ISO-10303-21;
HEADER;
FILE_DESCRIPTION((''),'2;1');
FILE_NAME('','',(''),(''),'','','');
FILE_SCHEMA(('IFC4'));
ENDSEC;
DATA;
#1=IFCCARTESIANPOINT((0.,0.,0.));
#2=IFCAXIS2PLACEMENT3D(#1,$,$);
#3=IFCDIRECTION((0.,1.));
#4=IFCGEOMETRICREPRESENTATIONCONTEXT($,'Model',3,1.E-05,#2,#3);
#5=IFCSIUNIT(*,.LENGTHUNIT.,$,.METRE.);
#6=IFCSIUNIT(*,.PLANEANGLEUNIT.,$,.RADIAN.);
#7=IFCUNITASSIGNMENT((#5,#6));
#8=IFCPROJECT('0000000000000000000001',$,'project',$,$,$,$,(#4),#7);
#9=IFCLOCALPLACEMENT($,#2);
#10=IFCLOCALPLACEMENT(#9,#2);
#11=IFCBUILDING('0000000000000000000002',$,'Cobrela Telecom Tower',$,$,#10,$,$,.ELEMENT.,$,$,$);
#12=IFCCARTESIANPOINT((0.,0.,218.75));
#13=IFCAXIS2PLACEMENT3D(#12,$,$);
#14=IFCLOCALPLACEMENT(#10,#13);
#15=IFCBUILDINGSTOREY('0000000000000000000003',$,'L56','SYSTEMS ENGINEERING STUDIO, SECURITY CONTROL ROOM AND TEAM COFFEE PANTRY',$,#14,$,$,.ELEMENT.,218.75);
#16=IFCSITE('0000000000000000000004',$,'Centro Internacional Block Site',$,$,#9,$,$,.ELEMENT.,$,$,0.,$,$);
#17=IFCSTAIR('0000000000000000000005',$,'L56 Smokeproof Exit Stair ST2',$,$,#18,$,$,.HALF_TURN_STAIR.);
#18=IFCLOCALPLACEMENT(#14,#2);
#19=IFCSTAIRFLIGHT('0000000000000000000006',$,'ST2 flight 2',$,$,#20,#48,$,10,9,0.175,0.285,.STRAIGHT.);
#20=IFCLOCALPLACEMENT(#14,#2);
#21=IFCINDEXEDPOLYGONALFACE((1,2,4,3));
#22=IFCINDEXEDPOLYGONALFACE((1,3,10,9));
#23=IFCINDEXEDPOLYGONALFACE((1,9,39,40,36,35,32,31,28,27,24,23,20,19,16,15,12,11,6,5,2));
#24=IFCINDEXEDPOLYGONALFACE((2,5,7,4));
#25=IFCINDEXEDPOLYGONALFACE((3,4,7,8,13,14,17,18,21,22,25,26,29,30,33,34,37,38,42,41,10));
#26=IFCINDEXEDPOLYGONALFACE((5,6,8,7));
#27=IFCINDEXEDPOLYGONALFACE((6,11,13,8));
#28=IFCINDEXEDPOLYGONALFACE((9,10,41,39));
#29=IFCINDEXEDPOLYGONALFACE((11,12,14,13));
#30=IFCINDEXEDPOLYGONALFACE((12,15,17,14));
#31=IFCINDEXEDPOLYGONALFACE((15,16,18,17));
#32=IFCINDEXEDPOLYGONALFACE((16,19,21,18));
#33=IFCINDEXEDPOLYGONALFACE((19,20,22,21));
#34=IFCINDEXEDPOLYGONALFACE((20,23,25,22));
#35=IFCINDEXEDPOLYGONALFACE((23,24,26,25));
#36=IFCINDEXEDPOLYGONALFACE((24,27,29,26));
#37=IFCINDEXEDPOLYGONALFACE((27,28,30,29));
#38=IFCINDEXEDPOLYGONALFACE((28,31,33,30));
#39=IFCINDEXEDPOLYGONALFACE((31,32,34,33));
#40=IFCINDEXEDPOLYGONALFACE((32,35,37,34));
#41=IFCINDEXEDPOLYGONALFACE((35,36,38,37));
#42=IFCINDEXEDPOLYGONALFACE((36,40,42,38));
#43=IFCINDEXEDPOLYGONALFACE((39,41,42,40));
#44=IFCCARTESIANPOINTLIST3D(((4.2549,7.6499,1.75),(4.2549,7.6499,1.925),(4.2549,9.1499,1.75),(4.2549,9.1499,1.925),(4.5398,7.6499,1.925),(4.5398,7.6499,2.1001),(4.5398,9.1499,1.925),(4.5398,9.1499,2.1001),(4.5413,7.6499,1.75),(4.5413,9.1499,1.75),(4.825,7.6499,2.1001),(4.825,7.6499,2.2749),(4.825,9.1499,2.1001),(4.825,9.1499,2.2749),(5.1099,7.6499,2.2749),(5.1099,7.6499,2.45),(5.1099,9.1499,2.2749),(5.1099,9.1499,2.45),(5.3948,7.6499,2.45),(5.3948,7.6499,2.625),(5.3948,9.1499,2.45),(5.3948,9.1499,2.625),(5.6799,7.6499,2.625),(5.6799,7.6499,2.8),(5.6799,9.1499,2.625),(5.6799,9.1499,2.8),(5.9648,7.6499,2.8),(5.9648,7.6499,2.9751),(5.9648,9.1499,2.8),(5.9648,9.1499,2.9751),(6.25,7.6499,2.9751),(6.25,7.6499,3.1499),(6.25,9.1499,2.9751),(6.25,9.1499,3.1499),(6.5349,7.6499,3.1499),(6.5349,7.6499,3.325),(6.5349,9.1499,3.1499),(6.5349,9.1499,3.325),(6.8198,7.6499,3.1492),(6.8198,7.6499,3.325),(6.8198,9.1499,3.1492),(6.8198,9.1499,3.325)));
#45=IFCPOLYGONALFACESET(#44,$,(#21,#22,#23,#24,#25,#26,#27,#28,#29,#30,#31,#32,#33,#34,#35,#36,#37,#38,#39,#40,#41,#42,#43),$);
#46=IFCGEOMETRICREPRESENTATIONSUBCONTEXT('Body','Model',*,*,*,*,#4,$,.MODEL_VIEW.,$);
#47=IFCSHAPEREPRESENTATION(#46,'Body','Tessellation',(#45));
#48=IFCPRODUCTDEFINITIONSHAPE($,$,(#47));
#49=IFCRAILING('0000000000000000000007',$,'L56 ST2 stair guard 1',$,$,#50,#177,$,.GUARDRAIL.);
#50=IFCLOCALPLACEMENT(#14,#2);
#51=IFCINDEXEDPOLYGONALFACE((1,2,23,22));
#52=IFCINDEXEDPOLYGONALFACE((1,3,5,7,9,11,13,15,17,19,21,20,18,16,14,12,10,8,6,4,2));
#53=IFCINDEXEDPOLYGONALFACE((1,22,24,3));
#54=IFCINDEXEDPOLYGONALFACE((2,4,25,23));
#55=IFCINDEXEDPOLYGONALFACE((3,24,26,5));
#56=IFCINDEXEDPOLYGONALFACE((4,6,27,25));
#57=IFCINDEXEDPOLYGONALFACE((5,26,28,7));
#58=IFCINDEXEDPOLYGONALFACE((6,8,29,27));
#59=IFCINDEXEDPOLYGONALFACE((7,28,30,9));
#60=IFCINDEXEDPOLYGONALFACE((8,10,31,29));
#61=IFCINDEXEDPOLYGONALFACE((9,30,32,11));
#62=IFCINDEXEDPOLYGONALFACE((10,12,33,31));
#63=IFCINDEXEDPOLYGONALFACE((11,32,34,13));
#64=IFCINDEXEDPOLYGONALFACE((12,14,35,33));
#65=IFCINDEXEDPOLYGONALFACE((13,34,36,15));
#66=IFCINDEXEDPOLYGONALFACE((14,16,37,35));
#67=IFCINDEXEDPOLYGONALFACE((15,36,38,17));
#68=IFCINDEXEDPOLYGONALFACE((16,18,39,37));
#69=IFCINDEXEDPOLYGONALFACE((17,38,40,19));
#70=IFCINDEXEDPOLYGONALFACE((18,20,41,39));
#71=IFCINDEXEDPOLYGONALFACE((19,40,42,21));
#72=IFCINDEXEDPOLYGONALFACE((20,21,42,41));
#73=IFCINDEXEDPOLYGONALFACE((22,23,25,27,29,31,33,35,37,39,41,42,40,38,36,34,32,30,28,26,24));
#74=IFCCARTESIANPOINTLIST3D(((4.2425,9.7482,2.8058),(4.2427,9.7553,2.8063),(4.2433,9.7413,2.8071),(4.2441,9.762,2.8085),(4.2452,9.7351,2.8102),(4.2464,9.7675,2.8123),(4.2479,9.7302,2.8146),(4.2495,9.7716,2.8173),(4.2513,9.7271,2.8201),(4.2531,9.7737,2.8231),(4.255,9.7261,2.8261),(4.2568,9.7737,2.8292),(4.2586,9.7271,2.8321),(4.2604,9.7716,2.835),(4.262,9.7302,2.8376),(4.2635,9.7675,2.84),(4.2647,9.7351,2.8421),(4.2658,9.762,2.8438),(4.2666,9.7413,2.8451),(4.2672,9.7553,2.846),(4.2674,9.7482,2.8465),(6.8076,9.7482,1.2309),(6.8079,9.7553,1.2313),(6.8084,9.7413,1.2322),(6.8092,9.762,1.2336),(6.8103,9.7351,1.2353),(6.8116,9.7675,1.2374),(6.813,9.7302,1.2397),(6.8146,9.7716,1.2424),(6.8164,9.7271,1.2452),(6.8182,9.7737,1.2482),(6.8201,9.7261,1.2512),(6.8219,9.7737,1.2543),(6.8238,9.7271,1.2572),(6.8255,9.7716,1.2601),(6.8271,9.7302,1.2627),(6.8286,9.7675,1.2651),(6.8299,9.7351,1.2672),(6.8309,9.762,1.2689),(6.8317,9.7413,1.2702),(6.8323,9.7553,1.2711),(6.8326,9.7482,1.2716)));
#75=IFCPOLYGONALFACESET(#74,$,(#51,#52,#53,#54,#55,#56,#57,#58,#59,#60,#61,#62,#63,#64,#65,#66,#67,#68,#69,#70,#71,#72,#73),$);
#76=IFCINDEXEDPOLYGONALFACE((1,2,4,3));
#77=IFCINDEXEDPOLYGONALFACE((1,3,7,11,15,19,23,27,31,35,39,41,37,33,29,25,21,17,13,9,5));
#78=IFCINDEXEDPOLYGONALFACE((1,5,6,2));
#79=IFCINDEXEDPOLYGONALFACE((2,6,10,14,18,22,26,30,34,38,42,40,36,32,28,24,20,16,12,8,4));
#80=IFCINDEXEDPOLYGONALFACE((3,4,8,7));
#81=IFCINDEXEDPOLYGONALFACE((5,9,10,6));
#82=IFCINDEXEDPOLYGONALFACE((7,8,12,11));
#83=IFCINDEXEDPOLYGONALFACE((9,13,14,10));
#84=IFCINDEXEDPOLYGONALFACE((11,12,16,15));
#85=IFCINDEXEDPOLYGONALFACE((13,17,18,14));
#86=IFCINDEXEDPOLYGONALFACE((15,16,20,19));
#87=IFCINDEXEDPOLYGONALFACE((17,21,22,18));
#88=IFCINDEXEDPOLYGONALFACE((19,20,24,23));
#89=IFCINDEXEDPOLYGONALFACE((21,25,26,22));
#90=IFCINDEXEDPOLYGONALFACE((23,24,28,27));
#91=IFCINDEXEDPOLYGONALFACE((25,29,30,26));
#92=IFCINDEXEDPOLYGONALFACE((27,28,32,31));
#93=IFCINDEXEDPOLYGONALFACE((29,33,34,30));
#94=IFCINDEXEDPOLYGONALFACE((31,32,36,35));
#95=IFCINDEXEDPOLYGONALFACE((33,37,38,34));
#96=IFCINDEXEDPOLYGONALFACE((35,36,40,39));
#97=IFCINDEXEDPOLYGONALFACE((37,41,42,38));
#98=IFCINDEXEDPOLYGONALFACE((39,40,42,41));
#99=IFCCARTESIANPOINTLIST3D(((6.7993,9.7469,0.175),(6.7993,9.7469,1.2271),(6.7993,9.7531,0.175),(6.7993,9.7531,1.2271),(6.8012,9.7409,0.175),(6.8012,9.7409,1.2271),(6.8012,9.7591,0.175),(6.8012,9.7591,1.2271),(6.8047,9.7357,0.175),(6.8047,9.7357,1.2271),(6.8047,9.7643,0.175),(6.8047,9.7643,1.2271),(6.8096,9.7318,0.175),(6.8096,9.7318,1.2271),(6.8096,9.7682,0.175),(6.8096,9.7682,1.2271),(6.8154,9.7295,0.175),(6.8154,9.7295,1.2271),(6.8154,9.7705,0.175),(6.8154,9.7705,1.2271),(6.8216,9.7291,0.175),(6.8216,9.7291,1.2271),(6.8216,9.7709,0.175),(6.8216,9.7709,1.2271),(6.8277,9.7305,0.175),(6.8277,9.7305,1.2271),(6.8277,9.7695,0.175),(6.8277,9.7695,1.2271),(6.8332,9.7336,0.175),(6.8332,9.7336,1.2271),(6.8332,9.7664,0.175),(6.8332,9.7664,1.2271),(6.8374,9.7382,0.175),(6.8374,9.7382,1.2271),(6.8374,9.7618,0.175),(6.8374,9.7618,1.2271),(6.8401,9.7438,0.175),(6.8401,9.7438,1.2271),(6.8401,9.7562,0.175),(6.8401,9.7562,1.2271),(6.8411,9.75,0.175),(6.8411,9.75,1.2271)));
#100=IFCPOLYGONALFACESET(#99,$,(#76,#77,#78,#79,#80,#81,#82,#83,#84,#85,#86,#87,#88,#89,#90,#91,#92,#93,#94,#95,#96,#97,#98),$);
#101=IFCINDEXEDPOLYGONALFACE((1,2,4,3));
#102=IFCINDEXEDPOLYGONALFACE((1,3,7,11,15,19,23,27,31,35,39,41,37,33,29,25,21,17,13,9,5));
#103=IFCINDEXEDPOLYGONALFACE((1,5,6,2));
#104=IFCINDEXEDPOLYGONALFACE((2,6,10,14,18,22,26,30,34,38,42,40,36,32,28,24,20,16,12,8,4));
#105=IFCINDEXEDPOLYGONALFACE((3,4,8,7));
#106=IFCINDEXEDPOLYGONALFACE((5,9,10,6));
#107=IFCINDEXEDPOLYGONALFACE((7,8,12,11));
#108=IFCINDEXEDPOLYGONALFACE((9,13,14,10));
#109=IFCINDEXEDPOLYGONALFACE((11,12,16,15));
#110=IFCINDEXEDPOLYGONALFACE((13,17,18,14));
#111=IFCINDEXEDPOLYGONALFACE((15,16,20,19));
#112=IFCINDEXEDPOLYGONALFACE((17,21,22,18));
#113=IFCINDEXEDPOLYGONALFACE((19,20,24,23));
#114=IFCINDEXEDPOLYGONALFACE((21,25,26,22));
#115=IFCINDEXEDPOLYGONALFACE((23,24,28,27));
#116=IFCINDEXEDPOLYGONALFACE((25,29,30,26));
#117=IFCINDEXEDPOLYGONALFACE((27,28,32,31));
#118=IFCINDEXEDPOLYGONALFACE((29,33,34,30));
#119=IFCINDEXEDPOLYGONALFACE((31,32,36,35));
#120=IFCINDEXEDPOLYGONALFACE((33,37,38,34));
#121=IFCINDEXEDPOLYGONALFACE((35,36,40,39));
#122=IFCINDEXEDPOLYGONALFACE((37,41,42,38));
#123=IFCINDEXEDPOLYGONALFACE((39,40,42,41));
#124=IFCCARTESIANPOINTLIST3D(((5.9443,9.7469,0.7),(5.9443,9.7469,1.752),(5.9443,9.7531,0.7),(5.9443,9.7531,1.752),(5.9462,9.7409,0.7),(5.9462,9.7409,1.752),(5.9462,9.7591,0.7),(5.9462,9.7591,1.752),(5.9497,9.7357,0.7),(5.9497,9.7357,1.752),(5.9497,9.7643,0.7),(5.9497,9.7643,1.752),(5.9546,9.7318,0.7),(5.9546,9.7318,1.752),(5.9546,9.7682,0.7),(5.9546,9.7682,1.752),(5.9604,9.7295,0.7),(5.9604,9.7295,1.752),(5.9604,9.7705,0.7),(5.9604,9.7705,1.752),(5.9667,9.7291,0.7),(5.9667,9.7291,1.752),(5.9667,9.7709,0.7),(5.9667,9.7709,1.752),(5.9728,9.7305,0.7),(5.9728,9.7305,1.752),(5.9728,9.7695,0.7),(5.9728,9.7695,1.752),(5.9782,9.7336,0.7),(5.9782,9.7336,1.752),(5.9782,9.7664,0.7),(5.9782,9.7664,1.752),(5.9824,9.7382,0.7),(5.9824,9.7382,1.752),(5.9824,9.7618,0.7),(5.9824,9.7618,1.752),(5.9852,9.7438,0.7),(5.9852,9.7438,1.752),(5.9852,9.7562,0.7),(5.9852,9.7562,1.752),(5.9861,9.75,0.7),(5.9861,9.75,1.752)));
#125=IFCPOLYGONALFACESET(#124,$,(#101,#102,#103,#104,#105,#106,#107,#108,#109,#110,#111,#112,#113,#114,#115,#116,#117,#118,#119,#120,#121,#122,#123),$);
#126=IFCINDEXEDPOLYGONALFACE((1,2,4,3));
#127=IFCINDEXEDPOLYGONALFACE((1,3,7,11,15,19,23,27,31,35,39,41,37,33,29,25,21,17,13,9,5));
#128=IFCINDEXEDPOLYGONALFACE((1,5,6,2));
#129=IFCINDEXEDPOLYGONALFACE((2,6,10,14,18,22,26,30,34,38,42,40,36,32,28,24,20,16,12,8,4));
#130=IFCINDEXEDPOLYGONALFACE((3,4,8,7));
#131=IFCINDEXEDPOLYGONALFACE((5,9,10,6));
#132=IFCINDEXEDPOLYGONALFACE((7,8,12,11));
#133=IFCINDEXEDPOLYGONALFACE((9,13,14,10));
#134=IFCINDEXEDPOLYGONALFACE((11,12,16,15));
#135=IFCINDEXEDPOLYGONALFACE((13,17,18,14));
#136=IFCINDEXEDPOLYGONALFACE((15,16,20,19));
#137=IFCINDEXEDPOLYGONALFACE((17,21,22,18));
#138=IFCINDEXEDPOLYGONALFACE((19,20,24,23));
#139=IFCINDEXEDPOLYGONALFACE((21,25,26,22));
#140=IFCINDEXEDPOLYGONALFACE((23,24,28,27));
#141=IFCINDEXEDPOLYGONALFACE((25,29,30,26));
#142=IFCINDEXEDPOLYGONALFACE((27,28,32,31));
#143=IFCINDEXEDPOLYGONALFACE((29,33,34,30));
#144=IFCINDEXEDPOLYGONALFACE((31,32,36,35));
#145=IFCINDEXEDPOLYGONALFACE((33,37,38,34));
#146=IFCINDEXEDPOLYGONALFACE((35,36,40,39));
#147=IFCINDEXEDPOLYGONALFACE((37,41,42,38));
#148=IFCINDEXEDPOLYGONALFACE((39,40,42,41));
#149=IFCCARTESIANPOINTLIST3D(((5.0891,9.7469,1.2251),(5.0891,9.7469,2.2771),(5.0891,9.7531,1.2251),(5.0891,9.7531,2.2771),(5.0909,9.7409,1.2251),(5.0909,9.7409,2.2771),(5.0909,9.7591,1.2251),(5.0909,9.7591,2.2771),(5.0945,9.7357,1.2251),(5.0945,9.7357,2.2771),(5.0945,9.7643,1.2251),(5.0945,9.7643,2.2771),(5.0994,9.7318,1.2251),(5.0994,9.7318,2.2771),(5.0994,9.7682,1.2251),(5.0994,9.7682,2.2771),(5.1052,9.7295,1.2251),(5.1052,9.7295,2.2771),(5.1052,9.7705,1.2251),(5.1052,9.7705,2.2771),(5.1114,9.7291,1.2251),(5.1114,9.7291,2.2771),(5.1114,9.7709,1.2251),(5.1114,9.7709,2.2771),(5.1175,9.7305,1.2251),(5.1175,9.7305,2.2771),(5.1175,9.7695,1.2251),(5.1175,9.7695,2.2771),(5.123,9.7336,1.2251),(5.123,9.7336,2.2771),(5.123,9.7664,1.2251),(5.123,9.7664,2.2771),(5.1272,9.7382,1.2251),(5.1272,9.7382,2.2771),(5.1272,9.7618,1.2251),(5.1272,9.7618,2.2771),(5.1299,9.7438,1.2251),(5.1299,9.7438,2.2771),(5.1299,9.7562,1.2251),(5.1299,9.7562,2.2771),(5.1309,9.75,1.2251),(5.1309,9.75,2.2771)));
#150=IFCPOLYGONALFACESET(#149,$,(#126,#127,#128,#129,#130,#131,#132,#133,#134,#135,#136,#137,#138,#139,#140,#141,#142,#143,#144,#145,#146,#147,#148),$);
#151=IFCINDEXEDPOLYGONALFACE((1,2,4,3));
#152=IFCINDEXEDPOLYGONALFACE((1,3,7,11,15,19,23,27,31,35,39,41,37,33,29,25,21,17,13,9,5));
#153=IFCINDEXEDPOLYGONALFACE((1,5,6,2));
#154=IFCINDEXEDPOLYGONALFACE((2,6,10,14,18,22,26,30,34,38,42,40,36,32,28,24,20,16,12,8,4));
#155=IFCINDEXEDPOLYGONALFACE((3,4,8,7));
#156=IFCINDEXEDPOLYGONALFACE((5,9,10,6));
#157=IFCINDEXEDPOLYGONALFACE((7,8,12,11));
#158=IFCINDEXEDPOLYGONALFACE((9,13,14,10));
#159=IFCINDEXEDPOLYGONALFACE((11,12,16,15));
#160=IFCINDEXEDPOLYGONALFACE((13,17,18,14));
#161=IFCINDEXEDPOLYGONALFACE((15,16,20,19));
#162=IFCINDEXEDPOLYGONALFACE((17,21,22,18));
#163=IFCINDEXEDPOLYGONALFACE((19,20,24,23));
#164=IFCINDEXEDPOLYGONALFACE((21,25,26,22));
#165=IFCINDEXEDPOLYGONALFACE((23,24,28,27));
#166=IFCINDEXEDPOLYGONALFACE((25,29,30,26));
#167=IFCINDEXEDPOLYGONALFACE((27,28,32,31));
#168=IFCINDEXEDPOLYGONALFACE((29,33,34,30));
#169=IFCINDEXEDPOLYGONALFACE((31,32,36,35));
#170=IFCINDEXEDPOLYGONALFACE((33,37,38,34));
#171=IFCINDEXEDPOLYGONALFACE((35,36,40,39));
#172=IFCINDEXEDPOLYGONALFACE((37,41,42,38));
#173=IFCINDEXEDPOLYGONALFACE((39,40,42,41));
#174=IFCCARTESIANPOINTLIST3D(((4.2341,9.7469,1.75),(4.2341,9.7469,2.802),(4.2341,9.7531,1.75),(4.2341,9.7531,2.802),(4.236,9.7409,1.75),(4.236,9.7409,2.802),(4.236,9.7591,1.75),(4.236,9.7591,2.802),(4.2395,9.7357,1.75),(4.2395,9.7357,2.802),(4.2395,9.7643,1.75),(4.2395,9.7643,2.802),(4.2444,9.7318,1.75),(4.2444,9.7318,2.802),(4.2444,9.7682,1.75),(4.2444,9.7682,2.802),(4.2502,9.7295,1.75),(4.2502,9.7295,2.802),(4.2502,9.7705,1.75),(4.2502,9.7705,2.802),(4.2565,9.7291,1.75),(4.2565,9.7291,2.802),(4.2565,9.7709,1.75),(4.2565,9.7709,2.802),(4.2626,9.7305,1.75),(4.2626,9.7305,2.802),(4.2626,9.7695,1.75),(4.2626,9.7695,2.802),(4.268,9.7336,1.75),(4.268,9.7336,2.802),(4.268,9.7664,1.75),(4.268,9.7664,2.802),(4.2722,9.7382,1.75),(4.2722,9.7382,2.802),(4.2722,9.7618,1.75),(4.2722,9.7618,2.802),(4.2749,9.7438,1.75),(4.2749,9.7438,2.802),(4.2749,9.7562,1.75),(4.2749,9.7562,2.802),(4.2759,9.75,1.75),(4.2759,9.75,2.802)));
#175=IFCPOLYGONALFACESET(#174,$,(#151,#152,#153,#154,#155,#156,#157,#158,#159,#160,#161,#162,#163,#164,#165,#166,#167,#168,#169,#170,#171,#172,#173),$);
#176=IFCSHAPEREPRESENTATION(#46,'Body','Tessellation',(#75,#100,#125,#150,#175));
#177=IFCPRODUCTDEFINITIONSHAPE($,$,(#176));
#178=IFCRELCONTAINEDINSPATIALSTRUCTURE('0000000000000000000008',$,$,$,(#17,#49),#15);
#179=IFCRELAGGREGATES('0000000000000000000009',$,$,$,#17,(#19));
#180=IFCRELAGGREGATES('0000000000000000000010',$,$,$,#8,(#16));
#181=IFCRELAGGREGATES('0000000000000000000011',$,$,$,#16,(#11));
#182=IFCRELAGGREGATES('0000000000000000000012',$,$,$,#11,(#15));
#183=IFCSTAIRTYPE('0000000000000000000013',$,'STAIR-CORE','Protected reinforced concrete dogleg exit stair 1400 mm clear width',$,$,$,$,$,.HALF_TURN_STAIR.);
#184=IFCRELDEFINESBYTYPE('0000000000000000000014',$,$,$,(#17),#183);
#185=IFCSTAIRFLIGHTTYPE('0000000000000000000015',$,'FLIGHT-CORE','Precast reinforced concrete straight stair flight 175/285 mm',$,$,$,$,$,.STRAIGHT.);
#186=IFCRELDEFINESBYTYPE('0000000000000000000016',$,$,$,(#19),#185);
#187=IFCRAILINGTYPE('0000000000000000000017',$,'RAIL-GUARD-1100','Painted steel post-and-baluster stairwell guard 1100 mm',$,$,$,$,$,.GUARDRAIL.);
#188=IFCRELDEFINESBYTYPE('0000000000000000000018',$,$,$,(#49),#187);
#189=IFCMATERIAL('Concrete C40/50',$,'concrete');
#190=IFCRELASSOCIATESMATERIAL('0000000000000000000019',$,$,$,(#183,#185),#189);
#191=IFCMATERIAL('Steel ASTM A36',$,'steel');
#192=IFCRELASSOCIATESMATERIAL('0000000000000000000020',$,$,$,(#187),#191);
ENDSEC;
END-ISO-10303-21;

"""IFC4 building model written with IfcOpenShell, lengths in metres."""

from ifc_helpers import new_model, si_unit, direction, frame, origin, origin_2d, place, context, subcontext, project, spatial, polyline, circle, outline, extrude, material, type_object, element, aggregate, save


model = new_model("IFC4")

# Units and contexts
model_context = context("Model", 3, precision=1e-05, world=origin(), true_north=direction((0.0, 1.0)))
body_context = subcontext(model_context, "Body", "Model", "MODEL_VIEW")
ifc_project = project(units=[si_unit("LENGTHUNIT", "METRE"), si_unit("PLANEANGLEUNIT", "RADIAN")], contexts=[model_context])

# Site, building, storey
site_placement = place(None, origin())
site = spatial("IfcSite", under=ifc_project, at=site_placement, Name="Centro Internacional Block Site", CompositionType="ELEMENT", RefElevation=0.0)
building_placement = place(site_placement, origin())
building = spatial("IfcBuilding", under=site, at=building_placement, Name="Cobrela Telecom Tower", CompositionType="ELEMENT")
storey_placement = place(building_placement, frame((0.0, 0.0, 218.75)))
storey = spatial("IfcBuildingStorey", under=building, at=storey_placement, Name="L56", Description="SYSTEMS ENGINEERING STUDIO, SECURITY CONTROL ROOM AND TEAM COFFEE PANTRY", CompositionType="ELEMENT", Elevation=218.75)

# Shared definitions
ifc_material_1 = material(Name="Steel ASTM A36", Category="steel")

# Shared definitions
ifc_material_2 = material(Name="Concrete C40/50", Category="concrete")

# Stair, stair flight
stair_type = type_object("IfcStairType", Name="STAIR-CORE", Description="Protected reinforced concrete dogleg exit stair 1400 mm clear width", PredefinedType="HALF_TURN_STAIR", material=ifc_material_2)
stair_placement = place(storey_placement, origin())
stair = element("IfcStair", 1, at=stair_placement, inside=storey, type_object=stair_type, Name="L56 Smokeproof Exit Stair ST2", PredefinedType="HALF_TURN_STAIR")
stair_flight_type = type_object("IfcStairFlightType", Name="FLIGHT-CORE", Description="Precast reinforced concrete straight stair flight 175/285 mm", PredefinedType="STRAIGHT", material=ifc_material_2)
stair_flight_1_placement = place(storey_placement, frame((4.2549, 8.3999, 1.75), z_axis=(0.0, 0.0, 1.0), x_axis=(1.0, 0.0, 0.0)))
stair_flight_1 = element("IfcStairFlight", 2, at=stair_flight_1_placement, type_object=stair_flight_type, Name="ST2 flight 2", NumberOfRisers=10, NumberOfTreads=9, PredefinedType="STRAIGHT", RiserHeight=0.175, TreadLength=0.285, context=body_context, shape_type="SweptSolid", body=[
    extrude(outline(polyline([(0.0, 0.0), (0.0, 0.175), (0.2849, 0.175), (0.2849, 0.3501), (0.5701, 0.3501), (0.5701, 0.5249), (0.855, 0.5249), (0.855, 0.7), (1.1399, 0.7), (1.1399, 0.875), (1.425, 0.875), (1.425, 1.05), (1.71, 1.05), (1.71, 1.2251), (1.9951, 1.2251), (1.9951, 1.3999), (2.28, 1.3999), (2.28, 1.575), (2.5649, 1.575), (2.5649, 1.75), (2.5649, 1.3992), (0.2864, 0.0), (0.0, 0.0)])), frame((0.0, 0.75, 0.0), z_axis=(0.0, -1.0, 0.0), x_axis=(1.0, 0.0, 0.0)), (0.0, 0.0, 1.0), 1.5),
])
aggregate(stair, [stair_flight_1])

# Railing
railing_type = type_object("IfcRailingType", Name="RAIL-GUARD-1100", Description="Painted steel post-and-baluster stairwell guard 1100 mm", PredefinedType="GUARDRAIL", material=ifc_material_1)
railing_1_placement = place(storey_placement, frame((6.8201, 9.75, 0.175)))
element("IfcRailing", 3, at=railing_1_placement, inside=storey, type_object=railing_type, Name="L56 ST2 stair guard 1", PredefinedType="GUARDRAIL", context=body_context, shape_type="SweptSolid", body=[
    extrude(circle(Radius=0.0239, at=origin_2d()), frame((0.0, 0.0, 1.0762), z_axis=(-0.852195, 0.0, 0.523224), x_axis=(0.0, -1.0, 0.0)), (0.0, 0.0, 1.0), 3.01),
    extrude(circle(Radius=0.021, at=origin_2d()), origin(), (0.0, 0.0, 1.0), 1.052),
    extrude(circle(Radius=0.021, at=origin_2d()), frame((-0.855, 0.0, 0.5249)), (0.0, 0.0, 1.0), 1.052),
    extrude(circle(Radius=0.021, at=origin_2d()), frame((-1.7102, 0.0, 1.05)), (0.0, 0.0, 1.0), 1.052),
    extrude(circle(Radius=0.021, at=origin_2d()), frame((-2.5652, 0.0, 1.575)), (0.0, 0.0, 1.0), 1.052),
])

save(model, "model.ifc")
